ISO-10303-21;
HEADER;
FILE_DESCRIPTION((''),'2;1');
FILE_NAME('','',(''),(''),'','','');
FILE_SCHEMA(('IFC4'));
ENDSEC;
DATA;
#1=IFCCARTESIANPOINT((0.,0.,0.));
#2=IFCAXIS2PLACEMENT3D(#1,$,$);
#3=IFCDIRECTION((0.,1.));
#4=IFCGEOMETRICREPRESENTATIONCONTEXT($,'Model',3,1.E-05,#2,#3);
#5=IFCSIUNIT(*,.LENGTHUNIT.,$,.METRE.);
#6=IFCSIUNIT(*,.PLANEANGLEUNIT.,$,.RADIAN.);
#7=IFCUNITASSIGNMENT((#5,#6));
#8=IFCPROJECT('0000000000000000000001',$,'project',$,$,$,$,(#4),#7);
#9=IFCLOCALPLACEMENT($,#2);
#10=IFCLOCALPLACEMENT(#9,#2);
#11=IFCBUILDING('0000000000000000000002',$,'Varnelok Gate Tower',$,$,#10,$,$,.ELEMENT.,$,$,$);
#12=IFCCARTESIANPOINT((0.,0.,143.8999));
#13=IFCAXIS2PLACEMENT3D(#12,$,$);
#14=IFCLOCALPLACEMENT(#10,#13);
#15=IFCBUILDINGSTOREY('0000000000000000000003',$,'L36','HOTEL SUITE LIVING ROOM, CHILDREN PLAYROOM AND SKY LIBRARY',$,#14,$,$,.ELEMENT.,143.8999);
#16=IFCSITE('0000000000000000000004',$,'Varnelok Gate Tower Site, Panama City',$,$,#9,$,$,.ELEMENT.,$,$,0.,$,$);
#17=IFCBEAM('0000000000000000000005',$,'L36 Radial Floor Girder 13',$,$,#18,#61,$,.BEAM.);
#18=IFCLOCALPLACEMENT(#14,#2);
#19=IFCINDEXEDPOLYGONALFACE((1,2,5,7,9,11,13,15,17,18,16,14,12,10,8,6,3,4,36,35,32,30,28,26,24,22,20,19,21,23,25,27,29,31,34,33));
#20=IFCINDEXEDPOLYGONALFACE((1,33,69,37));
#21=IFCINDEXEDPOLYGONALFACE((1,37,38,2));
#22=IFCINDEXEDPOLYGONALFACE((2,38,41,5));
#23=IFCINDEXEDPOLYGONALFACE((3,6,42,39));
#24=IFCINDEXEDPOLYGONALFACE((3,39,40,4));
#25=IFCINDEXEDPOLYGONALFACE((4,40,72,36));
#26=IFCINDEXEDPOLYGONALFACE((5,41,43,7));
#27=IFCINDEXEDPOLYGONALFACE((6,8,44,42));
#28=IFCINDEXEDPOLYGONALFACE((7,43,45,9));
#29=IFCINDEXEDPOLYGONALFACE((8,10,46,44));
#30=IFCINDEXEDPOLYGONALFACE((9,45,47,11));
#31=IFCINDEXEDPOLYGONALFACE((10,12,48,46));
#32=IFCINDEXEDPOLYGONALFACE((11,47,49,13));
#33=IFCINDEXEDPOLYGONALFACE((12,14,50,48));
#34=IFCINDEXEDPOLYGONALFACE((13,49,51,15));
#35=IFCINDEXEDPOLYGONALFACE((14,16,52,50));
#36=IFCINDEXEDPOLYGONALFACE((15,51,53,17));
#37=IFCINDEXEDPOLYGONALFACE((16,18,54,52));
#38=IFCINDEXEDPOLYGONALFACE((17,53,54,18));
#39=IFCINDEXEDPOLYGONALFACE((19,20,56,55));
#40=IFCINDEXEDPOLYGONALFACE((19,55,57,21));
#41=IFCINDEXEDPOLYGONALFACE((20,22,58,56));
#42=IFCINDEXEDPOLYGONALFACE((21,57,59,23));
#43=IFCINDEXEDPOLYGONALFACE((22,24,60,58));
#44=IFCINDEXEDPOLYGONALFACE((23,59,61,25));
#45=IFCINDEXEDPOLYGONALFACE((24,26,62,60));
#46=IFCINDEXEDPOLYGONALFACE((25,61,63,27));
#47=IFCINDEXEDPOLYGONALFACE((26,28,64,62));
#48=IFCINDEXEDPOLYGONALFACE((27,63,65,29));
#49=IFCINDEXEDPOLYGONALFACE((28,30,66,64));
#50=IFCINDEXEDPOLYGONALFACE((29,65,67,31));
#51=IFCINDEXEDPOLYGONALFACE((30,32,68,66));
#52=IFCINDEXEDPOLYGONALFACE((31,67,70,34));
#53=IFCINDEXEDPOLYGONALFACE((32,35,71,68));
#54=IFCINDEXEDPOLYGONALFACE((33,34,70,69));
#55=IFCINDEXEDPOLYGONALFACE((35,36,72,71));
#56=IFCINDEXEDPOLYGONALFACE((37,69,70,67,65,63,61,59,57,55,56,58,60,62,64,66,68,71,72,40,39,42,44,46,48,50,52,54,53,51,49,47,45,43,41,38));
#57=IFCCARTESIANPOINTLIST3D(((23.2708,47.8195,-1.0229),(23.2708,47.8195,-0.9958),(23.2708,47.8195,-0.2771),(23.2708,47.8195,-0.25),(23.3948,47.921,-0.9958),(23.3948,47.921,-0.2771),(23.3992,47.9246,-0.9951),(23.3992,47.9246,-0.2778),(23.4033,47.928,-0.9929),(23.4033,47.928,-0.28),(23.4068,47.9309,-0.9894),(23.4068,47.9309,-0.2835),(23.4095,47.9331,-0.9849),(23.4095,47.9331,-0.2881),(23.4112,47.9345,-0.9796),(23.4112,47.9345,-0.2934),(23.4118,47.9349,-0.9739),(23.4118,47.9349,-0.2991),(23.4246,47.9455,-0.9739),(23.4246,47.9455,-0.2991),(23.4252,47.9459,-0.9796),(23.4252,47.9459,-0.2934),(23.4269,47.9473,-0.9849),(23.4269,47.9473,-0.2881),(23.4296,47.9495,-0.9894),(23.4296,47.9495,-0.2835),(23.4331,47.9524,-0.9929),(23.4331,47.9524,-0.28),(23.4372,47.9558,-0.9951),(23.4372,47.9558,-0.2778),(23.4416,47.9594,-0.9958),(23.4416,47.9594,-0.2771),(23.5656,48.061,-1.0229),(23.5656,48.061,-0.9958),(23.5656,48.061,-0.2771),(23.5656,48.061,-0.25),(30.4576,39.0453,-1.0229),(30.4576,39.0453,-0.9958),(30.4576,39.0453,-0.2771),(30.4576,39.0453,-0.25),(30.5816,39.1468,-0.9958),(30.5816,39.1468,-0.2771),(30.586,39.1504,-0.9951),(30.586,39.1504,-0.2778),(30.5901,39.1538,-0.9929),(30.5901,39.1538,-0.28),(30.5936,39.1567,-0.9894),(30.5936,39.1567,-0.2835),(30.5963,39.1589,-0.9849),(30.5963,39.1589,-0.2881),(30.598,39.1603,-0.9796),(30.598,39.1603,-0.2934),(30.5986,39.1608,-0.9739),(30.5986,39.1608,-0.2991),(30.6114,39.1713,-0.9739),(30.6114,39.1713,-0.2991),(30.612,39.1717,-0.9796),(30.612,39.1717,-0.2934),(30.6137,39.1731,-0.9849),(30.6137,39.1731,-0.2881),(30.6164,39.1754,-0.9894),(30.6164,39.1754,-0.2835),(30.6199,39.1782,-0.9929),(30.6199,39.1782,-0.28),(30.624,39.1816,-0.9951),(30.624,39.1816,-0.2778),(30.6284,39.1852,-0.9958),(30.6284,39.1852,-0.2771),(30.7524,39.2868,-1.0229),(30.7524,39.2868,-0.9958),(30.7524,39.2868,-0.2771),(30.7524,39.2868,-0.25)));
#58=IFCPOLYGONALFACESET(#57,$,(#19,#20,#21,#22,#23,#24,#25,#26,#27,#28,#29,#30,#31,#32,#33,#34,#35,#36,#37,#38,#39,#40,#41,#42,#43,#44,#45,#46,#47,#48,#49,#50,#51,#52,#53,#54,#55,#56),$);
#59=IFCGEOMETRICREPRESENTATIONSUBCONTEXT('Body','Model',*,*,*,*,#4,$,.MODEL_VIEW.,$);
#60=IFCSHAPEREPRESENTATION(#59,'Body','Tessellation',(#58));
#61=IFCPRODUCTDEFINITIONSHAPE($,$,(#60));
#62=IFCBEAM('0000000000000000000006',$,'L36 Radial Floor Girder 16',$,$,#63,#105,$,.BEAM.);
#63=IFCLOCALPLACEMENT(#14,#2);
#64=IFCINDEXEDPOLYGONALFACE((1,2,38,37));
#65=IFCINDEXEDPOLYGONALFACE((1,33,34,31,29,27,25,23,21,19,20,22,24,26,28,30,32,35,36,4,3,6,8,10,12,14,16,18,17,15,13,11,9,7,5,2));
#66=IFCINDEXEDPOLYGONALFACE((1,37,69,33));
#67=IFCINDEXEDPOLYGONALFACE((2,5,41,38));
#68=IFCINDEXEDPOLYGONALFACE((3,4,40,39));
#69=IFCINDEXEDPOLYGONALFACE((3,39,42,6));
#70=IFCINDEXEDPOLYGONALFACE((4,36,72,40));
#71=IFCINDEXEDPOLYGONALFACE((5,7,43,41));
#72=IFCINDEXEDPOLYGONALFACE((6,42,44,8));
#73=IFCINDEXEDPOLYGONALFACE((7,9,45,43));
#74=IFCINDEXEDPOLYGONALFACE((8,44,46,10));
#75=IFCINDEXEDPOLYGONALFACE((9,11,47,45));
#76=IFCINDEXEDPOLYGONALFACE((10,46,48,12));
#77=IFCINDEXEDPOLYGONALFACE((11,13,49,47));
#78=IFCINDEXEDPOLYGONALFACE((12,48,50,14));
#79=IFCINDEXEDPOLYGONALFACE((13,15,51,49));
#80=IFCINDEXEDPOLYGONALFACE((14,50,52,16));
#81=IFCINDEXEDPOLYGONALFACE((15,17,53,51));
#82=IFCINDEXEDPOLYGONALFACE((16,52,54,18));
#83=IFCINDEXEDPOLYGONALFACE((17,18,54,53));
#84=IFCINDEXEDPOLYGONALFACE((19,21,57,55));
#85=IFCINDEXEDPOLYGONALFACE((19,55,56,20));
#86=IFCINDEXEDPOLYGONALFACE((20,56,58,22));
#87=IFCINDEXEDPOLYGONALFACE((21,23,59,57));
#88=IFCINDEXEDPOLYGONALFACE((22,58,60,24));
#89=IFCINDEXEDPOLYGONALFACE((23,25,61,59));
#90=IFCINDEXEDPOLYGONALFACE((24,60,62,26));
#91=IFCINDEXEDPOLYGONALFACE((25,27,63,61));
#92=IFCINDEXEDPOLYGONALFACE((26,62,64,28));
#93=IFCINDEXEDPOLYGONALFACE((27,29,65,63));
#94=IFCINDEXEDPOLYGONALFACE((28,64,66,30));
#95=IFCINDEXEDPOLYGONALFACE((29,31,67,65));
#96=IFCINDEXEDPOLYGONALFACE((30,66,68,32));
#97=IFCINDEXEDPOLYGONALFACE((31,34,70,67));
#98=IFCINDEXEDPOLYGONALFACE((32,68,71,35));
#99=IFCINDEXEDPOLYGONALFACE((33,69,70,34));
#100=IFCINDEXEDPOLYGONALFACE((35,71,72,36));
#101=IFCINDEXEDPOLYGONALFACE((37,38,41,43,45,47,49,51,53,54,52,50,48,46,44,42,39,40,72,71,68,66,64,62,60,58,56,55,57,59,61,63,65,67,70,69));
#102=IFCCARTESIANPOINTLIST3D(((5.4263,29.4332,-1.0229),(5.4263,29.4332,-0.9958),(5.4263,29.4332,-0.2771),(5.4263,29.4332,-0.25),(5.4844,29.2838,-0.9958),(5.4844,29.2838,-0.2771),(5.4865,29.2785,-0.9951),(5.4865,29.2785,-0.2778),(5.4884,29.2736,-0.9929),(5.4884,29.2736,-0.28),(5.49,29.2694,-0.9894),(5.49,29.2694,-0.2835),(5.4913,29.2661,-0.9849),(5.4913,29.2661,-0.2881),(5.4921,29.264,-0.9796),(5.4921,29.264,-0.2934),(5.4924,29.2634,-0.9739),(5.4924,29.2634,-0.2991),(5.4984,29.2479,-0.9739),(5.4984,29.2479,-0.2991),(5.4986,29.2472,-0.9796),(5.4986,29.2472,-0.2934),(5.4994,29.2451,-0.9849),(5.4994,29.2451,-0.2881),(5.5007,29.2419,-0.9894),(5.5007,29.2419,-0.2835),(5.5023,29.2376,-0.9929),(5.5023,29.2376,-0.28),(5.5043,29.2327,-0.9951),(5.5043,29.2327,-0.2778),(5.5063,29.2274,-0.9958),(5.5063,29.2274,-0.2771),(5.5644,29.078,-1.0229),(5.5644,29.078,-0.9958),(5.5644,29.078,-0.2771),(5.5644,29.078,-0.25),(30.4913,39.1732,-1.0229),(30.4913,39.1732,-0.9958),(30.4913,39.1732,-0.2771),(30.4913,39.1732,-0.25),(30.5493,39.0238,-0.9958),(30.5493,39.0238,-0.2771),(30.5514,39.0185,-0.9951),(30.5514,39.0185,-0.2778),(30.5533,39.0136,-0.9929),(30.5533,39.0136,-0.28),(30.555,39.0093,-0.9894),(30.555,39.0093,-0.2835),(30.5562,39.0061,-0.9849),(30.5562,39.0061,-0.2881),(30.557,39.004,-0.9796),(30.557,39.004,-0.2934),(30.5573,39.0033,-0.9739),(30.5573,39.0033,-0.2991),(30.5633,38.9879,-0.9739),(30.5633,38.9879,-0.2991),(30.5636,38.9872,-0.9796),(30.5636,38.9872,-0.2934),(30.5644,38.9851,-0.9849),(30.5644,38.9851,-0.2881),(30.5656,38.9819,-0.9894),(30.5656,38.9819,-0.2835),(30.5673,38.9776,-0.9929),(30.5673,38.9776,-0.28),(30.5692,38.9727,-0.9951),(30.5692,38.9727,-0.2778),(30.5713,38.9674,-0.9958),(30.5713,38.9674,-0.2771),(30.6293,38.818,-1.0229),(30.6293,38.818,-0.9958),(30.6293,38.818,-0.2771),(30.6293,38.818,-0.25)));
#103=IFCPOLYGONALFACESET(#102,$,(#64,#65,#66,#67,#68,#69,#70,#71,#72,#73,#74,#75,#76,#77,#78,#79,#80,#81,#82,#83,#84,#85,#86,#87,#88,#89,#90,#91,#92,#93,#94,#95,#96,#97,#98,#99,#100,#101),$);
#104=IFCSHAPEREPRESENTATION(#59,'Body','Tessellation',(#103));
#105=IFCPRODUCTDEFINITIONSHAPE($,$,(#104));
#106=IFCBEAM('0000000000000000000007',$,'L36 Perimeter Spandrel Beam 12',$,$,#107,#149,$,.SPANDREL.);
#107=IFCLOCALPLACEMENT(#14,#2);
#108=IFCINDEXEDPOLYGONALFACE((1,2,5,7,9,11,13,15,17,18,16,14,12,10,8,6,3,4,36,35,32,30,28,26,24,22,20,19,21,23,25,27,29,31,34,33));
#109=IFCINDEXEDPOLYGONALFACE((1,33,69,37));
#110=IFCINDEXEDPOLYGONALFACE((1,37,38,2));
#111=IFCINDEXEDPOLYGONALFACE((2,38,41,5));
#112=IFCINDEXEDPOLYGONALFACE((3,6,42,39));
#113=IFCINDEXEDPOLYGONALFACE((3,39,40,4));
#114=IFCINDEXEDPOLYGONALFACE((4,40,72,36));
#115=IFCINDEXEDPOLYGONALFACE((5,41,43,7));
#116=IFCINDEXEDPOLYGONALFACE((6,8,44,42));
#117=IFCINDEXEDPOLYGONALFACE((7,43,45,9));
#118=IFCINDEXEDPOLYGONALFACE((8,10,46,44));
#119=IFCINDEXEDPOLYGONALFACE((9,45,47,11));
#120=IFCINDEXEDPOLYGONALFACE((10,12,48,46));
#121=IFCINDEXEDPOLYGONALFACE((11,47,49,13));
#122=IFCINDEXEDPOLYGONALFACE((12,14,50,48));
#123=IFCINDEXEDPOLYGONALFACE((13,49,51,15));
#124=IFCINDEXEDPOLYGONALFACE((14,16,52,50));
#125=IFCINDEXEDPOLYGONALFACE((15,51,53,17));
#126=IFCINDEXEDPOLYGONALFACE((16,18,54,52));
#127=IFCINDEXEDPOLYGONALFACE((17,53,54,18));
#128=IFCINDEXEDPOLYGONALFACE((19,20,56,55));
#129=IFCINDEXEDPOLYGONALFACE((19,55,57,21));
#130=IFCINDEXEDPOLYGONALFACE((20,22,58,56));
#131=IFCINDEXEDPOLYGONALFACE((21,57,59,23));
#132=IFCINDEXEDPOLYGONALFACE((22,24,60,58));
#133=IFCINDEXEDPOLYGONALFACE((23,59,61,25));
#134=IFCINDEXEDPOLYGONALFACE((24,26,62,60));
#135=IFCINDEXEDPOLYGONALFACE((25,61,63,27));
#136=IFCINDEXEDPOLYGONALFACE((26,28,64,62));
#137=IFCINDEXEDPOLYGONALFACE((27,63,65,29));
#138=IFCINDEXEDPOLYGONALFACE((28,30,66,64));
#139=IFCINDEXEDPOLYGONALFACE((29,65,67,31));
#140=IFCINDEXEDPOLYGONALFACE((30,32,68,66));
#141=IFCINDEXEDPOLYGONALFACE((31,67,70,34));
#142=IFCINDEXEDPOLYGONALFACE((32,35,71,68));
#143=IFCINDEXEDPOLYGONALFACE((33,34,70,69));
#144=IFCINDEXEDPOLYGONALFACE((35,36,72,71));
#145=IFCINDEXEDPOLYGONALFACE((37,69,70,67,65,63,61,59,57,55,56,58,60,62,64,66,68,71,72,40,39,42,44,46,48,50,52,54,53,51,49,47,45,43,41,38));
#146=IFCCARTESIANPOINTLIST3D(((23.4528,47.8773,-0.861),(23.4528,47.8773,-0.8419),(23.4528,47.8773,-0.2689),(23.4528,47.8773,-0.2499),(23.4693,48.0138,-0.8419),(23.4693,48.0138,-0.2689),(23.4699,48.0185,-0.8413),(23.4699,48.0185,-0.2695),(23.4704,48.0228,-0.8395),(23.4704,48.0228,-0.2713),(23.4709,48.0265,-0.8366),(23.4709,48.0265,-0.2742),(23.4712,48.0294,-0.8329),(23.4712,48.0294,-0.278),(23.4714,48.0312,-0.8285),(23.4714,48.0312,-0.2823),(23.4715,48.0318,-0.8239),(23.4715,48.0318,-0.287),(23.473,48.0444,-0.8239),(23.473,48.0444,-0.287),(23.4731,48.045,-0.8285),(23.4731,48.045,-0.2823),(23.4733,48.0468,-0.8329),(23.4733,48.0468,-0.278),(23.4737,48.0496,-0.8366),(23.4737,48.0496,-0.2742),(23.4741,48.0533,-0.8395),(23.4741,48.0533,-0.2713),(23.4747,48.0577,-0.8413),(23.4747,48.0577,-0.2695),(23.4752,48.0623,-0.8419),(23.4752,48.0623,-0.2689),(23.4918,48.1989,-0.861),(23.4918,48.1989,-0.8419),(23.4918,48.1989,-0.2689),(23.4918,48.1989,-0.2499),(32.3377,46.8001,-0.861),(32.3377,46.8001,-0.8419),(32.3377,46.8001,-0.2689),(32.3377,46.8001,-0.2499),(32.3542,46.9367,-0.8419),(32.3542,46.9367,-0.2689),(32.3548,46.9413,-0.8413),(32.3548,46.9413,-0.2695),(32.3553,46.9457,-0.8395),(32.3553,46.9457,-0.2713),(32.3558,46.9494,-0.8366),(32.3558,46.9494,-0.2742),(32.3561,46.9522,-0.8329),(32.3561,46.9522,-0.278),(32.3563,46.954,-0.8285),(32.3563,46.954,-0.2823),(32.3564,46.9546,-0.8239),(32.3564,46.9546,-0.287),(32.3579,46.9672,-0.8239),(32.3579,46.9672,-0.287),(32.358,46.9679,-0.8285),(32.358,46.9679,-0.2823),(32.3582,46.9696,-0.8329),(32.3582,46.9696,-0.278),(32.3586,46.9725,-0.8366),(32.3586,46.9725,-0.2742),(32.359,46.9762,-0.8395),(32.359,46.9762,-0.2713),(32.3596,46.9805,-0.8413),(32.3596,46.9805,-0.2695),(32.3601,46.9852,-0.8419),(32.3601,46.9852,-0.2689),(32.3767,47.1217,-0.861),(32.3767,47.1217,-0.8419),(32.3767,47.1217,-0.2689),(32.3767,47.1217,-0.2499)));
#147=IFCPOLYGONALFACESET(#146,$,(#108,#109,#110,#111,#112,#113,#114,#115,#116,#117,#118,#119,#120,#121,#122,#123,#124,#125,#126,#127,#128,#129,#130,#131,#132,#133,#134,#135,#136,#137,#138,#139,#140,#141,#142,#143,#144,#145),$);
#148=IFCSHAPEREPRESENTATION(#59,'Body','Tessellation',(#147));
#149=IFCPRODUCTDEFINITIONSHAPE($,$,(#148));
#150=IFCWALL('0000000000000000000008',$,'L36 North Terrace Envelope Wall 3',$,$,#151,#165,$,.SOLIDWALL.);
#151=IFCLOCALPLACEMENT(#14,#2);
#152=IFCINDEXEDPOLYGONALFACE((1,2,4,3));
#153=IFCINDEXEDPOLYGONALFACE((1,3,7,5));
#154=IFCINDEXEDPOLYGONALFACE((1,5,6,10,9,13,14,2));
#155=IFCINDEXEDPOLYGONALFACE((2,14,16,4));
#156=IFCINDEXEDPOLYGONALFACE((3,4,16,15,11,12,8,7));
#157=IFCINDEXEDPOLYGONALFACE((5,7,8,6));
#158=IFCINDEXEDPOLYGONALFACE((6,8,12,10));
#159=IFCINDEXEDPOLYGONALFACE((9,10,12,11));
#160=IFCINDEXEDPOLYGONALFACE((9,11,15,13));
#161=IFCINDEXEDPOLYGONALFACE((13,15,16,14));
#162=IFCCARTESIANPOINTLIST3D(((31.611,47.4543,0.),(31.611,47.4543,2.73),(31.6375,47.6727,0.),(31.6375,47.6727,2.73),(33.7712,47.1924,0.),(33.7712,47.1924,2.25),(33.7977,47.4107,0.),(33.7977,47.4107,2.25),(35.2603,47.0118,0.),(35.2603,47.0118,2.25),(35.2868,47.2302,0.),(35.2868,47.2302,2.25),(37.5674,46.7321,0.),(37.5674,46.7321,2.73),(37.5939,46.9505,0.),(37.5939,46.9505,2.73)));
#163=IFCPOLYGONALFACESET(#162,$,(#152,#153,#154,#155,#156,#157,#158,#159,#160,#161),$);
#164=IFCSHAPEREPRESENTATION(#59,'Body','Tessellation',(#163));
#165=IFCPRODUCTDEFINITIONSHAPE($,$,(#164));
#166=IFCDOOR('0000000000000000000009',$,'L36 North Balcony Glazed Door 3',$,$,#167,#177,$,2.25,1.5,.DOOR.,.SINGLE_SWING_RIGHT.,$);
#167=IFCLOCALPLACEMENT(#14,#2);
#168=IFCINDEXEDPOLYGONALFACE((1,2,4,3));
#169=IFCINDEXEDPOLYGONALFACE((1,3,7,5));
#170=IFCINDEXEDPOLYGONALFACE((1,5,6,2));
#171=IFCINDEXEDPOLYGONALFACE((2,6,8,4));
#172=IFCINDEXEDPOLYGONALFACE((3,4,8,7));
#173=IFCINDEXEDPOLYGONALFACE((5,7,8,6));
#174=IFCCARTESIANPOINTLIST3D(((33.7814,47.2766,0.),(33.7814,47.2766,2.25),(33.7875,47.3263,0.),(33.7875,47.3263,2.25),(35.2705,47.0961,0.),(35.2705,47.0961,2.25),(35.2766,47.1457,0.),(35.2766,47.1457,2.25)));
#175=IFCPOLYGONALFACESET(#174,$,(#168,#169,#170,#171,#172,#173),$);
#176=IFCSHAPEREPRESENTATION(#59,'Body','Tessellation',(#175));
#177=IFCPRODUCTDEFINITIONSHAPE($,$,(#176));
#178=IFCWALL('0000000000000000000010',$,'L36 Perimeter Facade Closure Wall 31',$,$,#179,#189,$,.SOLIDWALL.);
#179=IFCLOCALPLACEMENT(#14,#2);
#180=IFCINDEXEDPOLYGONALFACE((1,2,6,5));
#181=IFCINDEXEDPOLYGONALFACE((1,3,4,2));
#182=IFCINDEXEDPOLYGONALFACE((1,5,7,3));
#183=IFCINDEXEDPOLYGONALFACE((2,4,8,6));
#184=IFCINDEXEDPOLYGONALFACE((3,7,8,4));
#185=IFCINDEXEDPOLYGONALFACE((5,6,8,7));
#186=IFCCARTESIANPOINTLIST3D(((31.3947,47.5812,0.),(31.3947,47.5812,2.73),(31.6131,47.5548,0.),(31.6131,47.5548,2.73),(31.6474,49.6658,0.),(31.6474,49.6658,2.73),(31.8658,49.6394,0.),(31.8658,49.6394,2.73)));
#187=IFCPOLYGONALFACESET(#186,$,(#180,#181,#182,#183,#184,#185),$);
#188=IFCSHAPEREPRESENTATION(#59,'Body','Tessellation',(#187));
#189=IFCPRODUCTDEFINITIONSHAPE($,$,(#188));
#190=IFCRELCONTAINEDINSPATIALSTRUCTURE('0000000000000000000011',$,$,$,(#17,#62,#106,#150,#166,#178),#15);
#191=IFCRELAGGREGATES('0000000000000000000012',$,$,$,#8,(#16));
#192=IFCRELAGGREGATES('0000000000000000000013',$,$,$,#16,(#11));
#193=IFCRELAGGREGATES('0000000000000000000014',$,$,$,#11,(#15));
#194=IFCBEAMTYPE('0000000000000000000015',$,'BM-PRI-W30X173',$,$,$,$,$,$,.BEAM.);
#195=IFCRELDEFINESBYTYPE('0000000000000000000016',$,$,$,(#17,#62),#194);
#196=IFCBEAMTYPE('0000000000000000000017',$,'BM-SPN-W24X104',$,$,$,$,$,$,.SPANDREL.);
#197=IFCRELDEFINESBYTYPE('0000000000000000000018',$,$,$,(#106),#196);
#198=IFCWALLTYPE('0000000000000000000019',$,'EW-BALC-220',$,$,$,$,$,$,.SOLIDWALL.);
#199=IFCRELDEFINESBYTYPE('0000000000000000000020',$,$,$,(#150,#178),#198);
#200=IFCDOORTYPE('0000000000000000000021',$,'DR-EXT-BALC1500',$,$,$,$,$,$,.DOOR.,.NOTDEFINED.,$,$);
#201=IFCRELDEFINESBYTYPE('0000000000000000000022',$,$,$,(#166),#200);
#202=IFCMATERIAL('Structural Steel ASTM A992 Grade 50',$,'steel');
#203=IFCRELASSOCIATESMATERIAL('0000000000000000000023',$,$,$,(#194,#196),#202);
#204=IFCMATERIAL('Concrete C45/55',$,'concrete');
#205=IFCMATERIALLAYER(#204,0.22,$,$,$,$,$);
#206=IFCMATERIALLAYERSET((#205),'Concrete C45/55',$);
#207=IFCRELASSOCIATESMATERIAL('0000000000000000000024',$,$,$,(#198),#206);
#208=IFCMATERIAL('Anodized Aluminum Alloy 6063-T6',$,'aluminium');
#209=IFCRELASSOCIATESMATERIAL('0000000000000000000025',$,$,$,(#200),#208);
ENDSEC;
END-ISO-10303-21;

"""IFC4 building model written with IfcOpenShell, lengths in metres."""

from ifc_helpers import new_model, si_unit, direction, frame, frame_2d, origin, origin_2d, place, context, subcontext, project, spatial, rectangle, i_section, extrude, material, layer, layer_set, material_profile, profile_set, type_object, element, fill, save


model = new_model("IFC4")

# Units and contexts
model_context = context("Model", 3, precision=1e-05, world=origin(), true_north=direction((0.0, 1.0)))
body_context = subcontext(model_context, "Body", "Model", "MODEL_VIEW")
ifc_project = project(units=[si_unit("LENGTHUNIT", "METRE"), si_unit("PLANEANGLEUNIT", "RADIAN")], contexts=[model_context])

# Site, building, storey
site_placement = place(None, origin())
site = spatial("IfcSite", under=ifc_project, at=site_placement, Name="Varnelok Gate Tower Site, Panama City", CompositionType="ELEMENT", RefElevation=0.0)
building_placement = place(site_placement, origin())
building = spatial("IfcBuilding", under=site, at=building_placement, Name="Varnelok Gate Tower", CompositionType="ELEMENT")
storey_placement = place(building_placement, frame((0.0, 0.0, 143.8999)))
storey = spatial("IfcBuildingStorey", under=building, at=storey_placement, Name="L36", Description="HOTEL SUITE LIVING ROOM, CHILDREN PLAYROOM AND SKY LIBRARY", CompositionType="ELEMENT", Elevation=143.8999)

# Shared definitions
ifc_material_1 = material(Name="Structural Steel ASTM A992 Grade 50", Category="steel")

# Beams
ifc_material_profile_1 = material_profile(ifc_material_1, i_section(OverallWidth=0.3811, OverallDepth=0.7729, WebThickness=0.0166, FlangeThickness=0.0271, FilletRadius=0.022, at=origin_2d()), Name="W30X173")
ifc_profile_set_1 = profile_set([ifc_material_profile_1], Name="Structural Steel ASTM A992 Grade 50")
beam_type_1 = type_object("IfcBeamType", Name="BM-PRI-W30X173", PredefinedType="BEAM", material=ifc_profile_set_1)
beam_1_placement = place(storey_placement, frame((30.605, 39.166, -0.6365), z_axis=(-0.633655, 0.773616, 0.0), x_axis=(-0.773616, -0.633655, 0.0)))
element("IfcBeam", 1, at=beam_1_placement, inside=storey, type_object=beam_type_1, Name="L36 Radial Floor Girder 13", PredefinedType="BEAM", context=body_context, shape_type="SweptSolid", body=[
    extrude(i_section(OverallWidth=0.3811, OverallDepth=0.7729, WebThickness=0.0166, FlangeThickness=0.0271, FilletRadius=0.022, at=origin_2d()), origin(), (0.0, 0.0, 1.0), 11.3418),
])
beam_2_placement = place(storey_placement, frame((30.5603, 38.9956, -0.6365), z_axis=(-0.932099, -0.362204, 0.0), x_axis=(0.362204, -0.932099, 0.0)))
element("IfcBeam", 2, at=beam_2_placement, inside=storey, type_object=beam_type_1, Name="L36 Radial Floor Girder 16", PredefinedType="BEAM", context=body_context, shape_type="SweptSolid", body=[
    extrude(i_section(OverallWidth=0.3811, OverallDepth=0.7729, WebThickness=0.0166, FlangeThickness=0.0271, FilletRadius=0.022, at=origin_2d()), origin(), (0.0, 0.0, 1.0), 26.8909),
])
ifc_material_profile_2 = material_profile(ifc_material_1, i_section(OverallWidth=0.324, OverallDepth=0.6111, WebThickness=0.0127, FlangeThickness=0.019, FilletRadius=0.0181, at=origin_2d()), Name="W24X104")
ifc_profile_set_2 = profile_set([ifc_material_profile_2], Name="Structural Steel ASTM A992 Grade 50")
beam_type_2 = type_object("IfcBeamType", Name="BM-SPN-W24X104", PredefinedType="SPANDREL", material=ifc_profile_set_2)
beam_3_placement = place(storey_placement, frame((32.3572, 46.9609, -0.5554), z_axis=(-0.992731, 0.120351, 0.0), x_axis=(-0.120351, -0.992731, 0.0)))
element("IfcBeam", 3, at=beam_3_placement, inside=storey, type_object=beam_type_2, Name="L36 Perimeter Spandrel Beam 12", PredefinedType="SPANDREL", context=body_context, shape_type="SweptSolid", body=[
    extrude(i_section(OverallWidth=0.324, OverallDepth=0.6111, WebThickness=0.0127, FlangeThickness=0.019, FilletRadius=0.0181, at=origin_2d()), origin(), (0.0, 0.0, 1.0), 8.95),
])

# Wall, opening, door
ifc_material_2 = material(Name="Concrete C45/55", Category="concrete")
ifc_layer_1 = layer(ifc_material_2, 0.22)
ifc_layer_set_1 = layer_set([ifc_layer_1], Name="Concrete C45/55")
wall_type_1 = type_object("IfcWallType", Name="EW-BALC-220", PredefinedType="SOLIDWALL", material=ifc_layer_set_1)
wall_1_placement = place(storey_placement, frame((31.6243, 47.5635, 0.0), z_axis=(0.0, 0.0, 1.0), x_axis=(0.99273, -0.120363, 0.0)))
wall_1 = element("IfcWall", 4, at=wall_1_placement, inside=storey, type_object=wall_type_1, Name="L36 North Terrace Envelope Wall 3", PredefinedType="SOLIDWALL", context=body_context, shape_type="SweptSolid", body=[
    extrude(rectangle(XDim=6.0, YDim=0.22, at=frame_2d((3.0, 0.0))), origin(), (0.0, 0.0, 1.0), 2.73),
])
opening_1_placement = place(wall_1_placement, frame((2.176, 0.0, 0.0)))
opening_1 = element("IfcOpeningElement", 5, at=opening_1_placement, cuts=wall_1, PredefinedType="OPENING", context=body_context, shape_type="SweptSolid", body=[
    extrude(rectangle(XDim=1.5, YDim=2.25, at=frame_2d((0.75, 1.125))), frame((0.0, 0.1199, 0.0), z_axis=(0.0, -1.0, 0.0), x_axis=(1.0, 0.0, 0.0)), (0.0, 0.0, 1.0), 0.24),
])
ifc_material_3 = material(Name="Anodized Aluminum Alloy 6063-T6", Category="aluminium")
door_type_1 = type_object("IfcDoorType", Name="DR-EXT-BALC1500", OperationType="NOTDEFINED", PredefinedType="DOOR", material=ifc_material_3)
door_1_placement = place(opening_1_placement, origin())
door_1 = element("IfcDoor", 6, at=door_1_placement, inside=storey, type_object=door_type_1, Name="L36 North Balcony Glazed Door 3", OperationType="SINGLE_SWING_RIGHT", OverallHeight=2.25, OverallWidth=1.5, PredefinedType="DOOR", context=body_context, shape_type="SweptSolid", body=[
    extrude(rectangle(XDim=1.5, YDim=2.25, at=frame_2d((0.75, 1.125))), frame((0.0, 0.0249, 0.0), z_axis=(0.0, -1.0, 0.0), x_axis=(1.0, 0.0, 0.0)), (0.0, 0.0, 1.0), 0.05),
])
fill(opening_1, door_1)

# Wall
wall_2_placement = place(storey_placement, frame((31.5039, 47.5681, 0.0), z_axis=(0.0, 0.0, 1.0), x_axis=(0.120342, 0.992733, 0.0)))
element("IfcWall", 7, at=wall_2_placement, inside=storey, type_object=wall_type_1, Name="L36 Perimeter Facade Closure Wall 31", PredefinedType="SOLIDWALL", context=body_context, shape_type="SweptSolid", body=[
    extrude(rectangle(XDim=2.0999, YDim=0.22, at=frame_2d((1.0498, 0.0))), origin(), (0.0, 0.0, 1.0), 2.73),
])

save(model, "model.ifc")
